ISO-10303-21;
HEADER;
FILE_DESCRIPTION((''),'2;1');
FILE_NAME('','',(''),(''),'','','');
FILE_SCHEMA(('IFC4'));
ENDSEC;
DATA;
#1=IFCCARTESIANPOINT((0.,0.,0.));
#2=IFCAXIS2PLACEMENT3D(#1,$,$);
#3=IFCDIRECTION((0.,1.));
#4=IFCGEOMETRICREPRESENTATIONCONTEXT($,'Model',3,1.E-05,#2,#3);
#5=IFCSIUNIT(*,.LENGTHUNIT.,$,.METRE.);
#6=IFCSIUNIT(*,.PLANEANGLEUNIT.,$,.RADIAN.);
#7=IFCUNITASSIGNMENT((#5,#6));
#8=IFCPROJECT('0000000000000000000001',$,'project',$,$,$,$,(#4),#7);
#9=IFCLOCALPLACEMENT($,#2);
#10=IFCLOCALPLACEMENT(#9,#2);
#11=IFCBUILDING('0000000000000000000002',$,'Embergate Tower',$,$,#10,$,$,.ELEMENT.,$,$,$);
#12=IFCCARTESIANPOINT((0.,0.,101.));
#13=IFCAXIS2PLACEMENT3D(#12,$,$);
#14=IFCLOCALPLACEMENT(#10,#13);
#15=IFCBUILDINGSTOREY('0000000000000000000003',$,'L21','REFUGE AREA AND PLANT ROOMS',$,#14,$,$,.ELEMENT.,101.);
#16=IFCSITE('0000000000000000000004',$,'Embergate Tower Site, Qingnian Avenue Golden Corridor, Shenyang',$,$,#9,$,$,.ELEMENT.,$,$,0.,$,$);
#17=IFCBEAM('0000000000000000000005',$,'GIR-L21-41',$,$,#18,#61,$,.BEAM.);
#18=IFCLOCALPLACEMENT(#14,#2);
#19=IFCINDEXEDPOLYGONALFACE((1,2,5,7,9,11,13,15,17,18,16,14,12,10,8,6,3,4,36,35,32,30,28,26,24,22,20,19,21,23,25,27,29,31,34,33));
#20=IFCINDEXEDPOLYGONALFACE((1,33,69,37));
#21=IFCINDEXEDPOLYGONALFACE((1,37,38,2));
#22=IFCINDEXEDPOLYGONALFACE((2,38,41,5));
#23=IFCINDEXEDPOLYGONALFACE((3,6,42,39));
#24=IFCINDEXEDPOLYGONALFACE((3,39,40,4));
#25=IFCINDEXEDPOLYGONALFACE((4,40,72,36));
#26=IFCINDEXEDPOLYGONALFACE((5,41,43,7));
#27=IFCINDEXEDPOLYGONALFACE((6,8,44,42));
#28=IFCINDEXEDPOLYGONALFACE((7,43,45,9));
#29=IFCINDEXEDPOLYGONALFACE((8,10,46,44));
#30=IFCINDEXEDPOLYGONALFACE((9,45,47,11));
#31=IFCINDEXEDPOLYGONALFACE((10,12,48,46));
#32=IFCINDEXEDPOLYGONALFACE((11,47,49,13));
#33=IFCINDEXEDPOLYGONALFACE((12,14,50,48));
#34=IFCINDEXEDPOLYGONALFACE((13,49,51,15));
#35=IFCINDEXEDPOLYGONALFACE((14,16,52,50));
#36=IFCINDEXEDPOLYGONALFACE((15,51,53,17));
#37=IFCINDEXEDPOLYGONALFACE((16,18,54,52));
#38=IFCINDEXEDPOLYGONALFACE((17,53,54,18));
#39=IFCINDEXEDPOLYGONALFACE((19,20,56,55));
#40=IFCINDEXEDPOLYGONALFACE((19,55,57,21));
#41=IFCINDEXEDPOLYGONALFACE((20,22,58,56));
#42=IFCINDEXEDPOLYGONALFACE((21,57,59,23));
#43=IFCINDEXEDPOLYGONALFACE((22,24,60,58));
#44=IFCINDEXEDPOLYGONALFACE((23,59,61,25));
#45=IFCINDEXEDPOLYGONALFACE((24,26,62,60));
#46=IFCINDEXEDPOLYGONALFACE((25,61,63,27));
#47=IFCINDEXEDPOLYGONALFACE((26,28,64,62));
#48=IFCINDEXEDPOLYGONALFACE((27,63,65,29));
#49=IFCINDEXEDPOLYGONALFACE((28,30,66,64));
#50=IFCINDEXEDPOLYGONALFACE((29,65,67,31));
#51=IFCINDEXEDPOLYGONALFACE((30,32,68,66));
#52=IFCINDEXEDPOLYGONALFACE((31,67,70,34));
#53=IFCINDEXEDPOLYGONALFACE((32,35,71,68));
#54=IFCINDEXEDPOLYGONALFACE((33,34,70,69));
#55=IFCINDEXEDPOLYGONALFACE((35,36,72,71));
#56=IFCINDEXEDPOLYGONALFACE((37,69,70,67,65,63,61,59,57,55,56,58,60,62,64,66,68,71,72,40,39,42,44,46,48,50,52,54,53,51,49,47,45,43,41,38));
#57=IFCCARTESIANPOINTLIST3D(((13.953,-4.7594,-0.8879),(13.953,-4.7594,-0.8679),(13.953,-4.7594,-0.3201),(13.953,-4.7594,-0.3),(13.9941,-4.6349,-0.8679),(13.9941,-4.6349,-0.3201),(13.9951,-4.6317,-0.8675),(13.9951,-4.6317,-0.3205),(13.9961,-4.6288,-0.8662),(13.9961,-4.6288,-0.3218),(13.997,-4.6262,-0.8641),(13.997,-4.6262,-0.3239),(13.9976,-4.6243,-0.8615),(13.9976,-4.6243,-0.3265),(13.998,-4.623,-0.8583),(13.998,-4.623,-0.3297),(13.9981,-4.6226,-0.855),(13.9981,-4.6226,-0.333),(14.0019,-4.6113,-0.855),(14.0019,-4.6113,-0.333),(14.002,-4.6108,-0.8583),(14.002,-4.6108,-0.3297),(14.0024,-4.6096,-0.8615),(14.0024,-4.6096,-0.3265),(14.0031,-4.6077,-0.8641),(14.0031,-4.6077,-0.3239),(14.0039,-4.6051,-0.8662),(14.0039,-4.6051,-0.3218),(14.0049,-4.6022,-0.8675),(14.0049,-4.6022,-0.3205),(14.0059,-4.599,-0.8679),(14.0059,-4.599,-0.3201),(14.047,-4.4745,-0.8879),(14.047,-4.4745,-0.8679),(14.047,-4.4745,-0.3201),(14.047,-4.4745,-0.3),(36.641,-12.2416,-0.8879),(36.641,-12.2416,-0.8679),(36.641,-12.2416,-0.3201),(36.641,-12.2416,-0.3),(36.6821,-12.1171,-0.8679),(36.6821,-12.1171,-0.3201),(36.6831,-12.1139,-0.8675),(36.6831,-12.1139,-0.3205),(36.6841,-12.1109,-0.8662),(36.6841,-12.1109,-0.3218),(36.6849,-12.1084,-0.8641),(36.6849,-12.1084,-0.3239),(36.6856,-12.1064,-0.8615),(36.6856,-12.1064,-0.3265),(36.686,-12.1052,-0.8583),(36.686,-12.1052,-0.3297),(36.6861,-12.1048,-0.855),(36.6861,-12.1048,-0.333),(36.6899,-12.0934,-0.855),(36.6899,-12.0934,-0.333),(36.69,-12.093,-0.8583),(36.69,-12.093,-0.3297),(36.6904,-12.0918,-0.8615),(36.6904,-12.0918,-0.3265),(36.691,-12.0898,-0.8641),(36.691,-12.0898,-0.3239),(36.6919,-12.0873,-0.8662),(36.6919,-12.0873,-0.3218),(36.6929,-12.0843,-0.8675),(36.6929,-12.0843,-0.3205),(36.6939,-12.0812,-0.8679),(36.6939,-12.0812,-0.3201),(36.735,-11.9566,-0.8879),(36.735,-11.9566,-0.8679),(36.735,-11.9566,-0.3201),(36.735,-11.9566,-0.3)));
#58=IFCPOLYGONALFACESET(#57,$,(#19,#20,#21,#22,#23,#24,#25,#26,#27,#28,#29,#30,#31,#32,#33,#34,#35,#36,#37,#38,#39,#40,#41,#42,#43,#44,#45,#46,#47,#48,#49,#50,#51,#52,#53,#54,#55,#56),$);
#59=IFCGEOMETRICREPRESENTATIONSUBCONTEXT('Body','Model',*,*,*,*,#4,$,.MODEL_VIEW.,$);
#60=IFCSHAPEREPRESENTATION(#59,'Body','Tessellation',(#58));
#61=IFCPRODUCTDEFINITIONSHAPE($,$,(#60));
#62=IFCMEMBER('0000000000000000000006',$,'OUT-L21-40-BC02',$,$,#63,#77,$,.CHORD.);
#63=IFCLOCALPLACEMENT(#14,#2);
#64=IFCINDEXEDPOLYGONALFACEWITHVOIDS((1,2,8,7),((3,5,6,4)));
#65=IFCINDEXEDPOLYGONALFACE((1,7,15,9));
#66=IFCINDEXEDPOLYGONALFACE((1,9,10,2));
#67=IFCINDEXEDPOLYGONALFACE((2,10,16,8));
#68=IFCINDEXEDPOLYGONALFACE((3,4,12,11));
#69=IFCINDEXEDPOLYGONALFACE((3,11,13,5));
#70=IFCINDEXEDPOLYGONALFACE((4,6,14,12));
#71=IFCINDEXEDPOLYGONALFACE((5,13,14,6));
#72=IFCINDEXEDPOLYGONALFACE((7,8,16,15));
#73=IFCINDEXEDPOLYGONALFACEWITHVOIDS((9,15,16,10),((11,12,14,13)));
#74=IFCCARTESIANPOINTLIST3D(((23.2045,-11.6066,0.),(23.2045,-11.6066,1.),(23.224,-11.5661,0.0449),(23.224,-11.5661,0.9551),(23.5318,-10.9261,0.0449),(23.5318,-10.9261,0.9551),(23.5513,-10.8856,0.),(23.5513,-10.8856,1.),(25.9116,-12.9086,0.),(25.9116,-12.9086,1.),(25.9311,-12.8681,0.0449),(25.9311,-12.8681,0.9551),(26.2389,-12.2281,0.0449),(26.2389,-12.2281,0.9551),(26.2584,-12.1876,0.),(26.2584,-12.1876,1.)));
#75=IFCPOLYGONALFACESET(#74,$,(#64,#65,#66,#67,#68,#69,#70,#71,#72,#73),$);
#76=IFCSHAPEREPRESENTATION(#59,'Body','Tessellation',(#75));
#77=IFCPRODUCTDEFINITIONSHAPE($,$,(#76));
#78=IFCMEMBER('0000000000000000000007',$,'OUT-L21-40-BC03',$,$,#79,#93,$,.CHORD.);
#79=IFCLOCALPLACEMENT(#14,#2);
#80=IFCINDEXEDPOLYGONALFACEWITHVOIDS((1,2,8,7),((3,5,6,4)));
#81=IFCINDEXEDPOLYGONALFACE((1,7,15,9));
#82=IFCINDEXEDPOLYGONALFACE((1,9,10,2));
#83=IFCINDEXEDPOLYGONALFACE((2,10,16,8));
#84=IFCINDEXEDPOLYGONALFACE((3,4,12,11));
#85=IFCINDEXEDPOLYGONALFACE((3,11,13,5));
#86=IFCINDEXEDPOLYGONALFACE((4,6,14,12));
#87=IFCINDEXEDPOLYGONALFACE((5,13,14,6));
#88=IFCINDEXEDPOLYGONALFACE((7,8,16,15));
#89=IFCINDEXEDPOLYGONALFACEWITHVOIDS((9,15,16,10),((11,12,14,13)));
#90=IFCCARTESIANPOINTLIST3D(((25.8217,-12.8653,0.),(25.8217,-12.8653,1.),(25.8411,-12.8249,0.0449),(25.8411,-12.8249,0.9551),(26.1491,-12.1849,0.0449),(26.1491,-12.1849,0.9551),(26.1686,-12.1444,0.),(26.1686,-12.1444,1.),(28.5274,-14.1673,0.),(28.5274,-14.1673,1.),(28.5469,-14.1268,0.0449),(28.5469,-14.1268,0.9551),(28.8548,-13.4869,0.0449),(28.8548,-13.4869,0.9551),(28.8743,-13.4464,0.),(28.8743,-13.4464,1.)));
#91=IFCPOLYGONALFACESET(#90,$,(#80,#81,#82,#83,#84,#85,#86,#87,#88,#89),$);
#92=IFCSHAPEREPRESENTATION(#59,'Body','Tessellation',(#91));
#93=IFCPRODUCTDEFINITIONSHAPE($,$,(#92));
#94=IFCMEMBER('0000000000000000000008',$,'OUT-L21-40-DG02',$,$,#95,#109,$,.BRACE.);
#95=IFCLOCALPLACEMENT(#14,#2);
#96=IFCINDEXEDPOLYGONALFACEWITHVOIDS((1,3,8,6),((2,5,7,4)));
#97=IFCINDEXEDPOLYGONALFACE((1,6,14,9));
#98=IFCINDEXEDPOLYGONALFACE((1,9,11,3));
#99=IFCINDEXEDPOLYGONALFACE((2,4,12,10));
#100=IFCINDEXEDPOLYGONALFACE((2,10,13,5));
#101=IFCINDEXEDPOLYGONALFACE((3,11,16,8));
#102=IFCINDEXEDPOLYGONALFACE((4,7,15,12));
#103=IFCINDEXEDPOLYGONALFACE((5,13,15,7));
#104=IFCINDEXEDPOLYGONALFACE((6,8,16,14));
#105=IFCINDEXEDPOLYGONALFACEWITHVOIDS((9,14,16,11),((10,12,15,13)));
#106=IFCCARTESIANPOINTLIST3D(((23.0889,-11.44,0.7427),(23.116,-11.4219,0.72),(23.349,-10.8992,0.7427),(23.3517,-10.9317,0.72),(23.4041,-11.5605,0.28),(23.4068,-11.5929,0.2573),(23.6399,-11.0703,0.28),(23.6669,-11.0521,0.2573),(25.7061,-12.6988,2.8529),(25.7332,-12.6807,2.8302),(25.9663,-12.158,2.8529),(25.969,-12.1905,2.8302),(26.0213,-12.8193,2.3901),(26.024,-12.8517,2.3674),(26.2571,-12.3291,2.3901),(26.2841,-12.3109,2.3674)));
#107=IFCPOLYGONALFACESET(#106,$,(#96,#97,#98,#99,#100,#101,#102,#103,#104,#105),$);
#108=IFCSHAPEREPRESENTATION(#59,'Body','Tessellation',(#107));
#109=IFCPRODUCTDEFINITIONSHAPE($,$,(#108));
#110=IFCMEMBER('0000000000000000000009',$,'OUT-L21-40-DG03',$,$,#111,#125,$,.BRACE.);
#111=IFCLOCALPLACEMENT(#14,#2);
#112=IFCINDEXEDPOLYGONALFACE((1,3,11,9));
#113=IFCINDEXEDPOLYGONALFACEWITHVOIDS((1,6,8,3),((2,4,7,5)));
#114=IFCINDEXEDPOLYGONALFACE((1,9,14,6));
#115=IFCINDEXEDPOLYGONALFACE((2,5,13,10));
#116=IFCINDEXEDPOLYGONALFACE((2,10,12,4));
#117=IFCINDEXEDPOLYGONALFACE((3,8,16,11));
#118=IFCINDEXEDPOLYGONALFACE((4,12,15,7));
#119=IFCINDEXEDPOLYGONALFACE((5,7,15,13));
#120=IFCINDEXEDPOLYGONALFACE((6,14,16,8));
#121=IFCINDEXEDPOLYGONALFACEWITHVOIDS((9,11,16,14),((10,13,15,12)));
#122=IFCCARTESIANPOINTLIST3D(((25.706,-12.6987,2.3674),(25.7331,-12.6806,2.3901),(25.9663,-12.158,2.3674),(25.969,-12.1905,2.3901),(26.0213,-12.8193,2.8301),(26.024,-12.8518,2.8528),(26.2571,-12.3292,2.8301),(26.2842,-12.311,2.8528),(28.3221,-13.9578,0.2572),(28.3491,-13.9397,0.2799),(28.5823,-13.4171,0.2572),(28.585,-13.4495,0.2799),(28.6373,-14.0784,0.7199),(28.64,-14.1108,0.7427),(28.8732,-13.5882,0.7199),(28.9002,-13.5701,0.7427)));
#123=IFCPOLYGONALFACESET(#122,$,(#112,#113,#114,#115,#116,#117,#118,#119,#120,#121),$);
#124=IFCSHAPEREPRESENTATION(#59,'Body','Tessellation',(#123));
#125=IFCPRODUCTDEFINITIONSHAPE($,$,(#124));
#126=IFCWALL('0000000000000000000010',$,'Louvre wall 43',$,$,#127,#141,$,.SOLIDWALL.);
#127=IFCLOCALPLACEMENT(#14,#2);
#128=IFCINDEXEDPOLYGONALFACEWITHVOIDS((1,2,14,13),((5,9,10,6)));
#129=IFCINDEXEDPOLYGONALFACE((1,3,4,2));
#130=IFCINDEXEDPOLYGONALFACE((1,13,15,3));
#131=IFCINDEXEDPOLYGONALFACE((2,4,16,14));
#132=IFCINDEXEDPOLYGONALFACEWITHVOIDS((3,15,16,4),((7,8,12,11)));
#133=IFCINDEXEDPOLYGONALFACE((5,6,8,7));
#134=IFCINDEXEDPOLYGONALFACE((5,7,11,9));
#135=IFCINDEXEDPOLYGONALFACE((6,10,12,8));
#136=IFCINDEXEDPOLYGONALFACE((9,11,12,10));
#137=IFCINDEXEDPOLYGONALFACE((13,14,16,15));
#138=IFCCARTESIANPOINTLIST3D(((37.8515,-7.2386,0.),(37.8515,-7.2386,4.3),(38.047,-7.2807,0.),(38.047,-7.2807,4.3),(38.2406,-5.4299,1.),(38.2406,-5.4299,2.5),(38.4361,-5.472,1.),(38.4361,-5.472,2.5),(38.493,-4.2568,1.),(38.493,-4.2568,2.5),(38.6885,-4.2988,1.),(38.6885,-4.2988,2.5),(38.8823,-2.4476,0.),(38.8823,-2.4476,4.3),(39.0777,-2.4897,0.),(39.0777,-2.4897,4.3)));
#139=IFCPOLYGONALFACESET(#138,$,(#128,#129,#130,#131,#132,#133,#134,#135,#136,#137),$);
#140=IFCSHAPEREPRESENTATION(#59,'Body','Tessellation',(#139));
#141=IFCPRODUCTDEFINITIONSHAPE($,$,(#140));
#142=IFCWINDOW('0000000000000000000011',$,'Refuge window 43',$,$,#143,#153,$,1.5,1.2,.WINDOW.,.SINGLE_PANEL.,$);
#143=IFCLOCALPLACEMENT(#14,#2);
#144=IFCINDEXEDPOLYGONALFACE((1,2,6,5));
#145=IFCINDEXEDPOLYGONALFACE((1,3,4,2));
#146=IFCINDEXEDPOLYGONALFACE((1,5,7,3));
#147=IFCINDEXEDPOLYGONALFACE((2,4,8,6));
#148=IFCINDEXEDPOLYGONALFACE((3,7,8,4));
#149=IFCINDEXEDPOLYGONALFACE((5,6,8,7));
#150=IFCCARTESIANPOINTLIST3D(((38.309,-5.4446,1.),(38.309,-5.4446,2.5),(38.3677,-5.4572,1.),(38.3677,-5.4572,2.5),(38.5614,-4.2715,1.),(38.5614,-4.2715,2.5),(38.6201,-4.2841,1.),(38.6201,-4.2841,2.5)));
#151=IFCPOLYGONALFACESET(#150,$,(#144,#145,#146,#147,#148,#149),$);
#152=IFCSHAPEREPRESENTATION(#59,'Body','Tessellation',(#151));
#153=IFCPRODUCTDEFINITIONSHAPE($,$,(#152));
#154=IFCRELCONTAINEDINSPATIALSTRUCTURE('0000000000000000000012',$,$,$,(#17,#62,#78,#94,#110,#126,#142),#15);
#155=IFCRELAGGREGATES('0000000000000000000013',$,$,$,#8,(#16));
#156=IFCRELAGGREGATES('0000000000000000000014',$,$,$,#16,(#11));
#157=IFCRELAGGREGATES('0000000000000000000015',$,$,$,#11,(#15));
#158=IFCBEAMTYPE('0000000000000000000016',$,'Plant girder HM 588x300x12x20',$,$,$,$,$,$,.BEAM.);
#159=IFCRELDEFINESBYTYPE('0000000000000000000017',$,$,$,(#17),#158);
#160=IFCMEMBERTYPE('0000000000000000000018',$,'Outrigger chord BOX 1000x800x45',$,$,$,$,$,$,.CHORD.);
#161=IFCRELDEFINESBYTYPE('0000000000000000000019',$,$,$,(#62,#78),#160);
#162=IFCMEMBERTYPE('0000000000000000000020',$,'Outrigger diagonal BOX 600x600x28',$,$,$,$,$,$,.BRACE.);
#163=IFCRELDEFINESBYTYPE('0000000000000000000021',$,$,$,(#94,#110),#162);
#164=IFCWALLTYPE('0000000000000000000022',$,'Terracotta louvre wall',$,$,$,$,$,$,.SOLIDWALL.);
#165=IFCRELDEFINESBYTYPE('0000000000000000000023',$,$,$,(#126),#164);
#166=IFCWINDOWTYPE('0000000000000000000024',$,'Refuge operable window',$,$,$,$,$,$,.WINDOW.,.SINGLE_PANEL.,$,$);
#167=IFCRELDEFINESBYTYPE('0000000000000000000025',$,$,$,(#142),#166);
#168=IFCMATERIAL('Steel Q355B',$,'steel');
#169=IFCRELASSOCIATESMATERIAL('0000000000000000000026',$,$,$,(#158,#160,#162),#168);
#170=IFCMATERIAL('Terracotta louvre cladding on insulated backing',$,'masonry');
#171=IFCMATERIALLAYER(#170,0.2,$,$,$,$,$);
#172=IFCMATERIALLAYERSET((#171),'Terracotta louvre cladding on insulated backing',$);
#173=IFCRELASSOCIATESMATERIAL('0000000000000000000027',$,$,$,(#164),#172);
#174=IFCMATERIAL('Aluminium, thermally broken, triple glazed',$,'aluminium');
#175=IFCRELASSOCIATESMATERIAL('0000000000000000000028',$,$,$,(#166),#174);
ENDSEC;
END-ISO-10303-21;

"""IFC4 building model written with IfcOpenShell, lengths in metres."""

from ifc_helpers import new_model, si_unit, direction, frame, frame_2d, origin, origin_2d, place, context, subcontext, project, spatial, rectangle, hollow_rectangle, i_section, extrude, source, transform, mapped, material, layer, layer_set, material_profile, profile_set, type_object, element, fill, save


model = new_model("IFC4")

# Units and contexts
model_context = context("Model", 3, precision=1e-05, world=origin(), true_north=direction((0.0, 1.0)))
body_context = subcontext(model_context, "Body", "Model", "MODEL_VIEW")
ifc_project = project(units=[si_unit("LENGTHUNIT", "METRE"), si_unit("PLANEANGLEUNIT", "RADIAN")], contexts=[model_context])

# Site, building, storey
site_placement = place(None, origin())
site = spatial("IfcSite", under=ifc_project, at=site_placement, Name="Embergate Tower Site, Qingnian Avenue Golden Corridor, Shenyang", CompositionType="ELEMENT", RefElevation=0.0)
building_placement = place(site_placement, origin())
building = spatial("IfcBuilding", under=site, at=building_placement, Name="Embergate Tower", CompositionType="ELEMENT")
storey_placement = place(building_placement, frame((0.0, 0.0, 101.0)))
storey = spatial("IfcBuildingStorey", under=building, at=storey_placement, Name="L21", Description="REFUGE AREA AND PLANT ROOMS", CompositionType="ELEMENT", Elevation=101.0)

# Beam
ifc_material_1 = material(Name="Steel Q355B", Category="steel")
ifc_material_profile_1 = material_profile(ifc_material_1, i_section(OverallWidth=0.3, OverallDepth=0.5879, WebThickness=0.012, FlangeThickness=0.02, FilletRadius=0.0129, at=origin_2d()), Name="HM 588x300x12x20")
ifc_profile_set_1 = profile_set([ifc_material_profile_1], Name="Steel Q355 grade B")
beam_type_1 = type_object("IfcBeamType", Name="Plant girder HM 588x300x12x20", PredefinedType="BEAM", material=ifc_profile_set_1)
shared_shape_1 = source(origin(), body_context, "Body", "SweptSolid", [
    extrude(i_section(OverallWidth=0.3, OverallDepth=0.5879, WebThickness=0.012, FlangeThickness=0.02, FilletRadius=0.0129, at=origin_2d()), origin(), (0.0, 0.0, 1.0), 23.8899),
])
beam_1_placement = place(storey_placement, frame((36.688, -12.0991, -0.594), z_axis=(-0.949689, 0.313194, 0.0), x_axis=(-0.313194, -0.949689, 0.0)))
element("IfcBeam", 1, at=beam_1_placement, inside=storey, type_object=beam_type_1, Name="GIR-L21-41", PredefinedType="BEAM", context=body_context, shape_type="MappedRepresentation", body=[
    mapped(shared_shape_1, transform((0.0, 0.0, 0.0))),
])

# Members
ifc_material_profile_2 = material_profile(ifc_material_1, hollow_rectangle(XDim=0.8, YDim=1.0, WallThickness=0.0449, at=origin_2d()), Name="BOX 1000x800x45")
ifc_profile_set_2 = profile_set([ifc_material_profile_2], Name="Steel Q355 grade B")
member_type_1 = type_object("IfcMemberType", Name="Outrigger chord BOX 1000x800x45", PredefinedType="CHORD", material=ifc_profile_set_2)
shared_shape_2 = source(origin(), body_context, "Body", "SweptSolid", [
    extrude(hollow_rectangle(XDim=0.8, YDim=1.0, WallThickness=0.0449, at=origin_2d()), origin(), (0.0, 0.0, 1.0), 3.0039),
])
member_1_placement = place(storey_placement, frame((23.3779, -11.2461, 0.5), z_axis=(0.901182, -0.433442, 0.0), x_axis=(0.433442, 0.901182, 0.0)))
element("IfcMember", 2, at=member_1_placement, inside=storey, type_object=member_type_1, Name="OUT-L21-40-BC02", PredefinedType="CHORD", context=body_context, shape_type="MappedRepresentation", body=[
    mapped(shared_shape_2, transform((0.0, 0.0, 0.0))),
])
shared_shape_3 = source(origin(), body_context, "Body", "SweptSolid", [
    extrude(hollow_rectangle(XDim=0.8, YDim=1.0, WallThickness=0.0449, at=origin_2d()), origin(), (0.0, 0.0, 1.0), 3.0027),
])
member_2_placement = place(storey_placement, frame((25.9951, -12.5049, 0.5), z_axis=(0.901105, -0.4336, 0.0), x_axis=(0.4336, 0.901105, 0.0)))
element("IfcMember", 3, at=member_2_placement, inside=storey, type_object=member_type_1, Name="OUT-L21-40-BC03", PredefinedType="CHORD", context=body_context, shape_type="MappedRepresentation", body=[
    mapped(shared_shape_3, transform((0.0, 0.0, 0.0))),
])
ifc_material_profile_3 = material_profile(ifc_material_1, hollow_rectangle(XDim=0.6001, YDim=0.6001, WallThickness=0.0281, at=origin_2d()), Name="BOX 600x600x28")
ifc_profile_set_3 = profile_set([ifc_material_profile_3], Name="Steel Q355 grade B")
member_type_2 = type_object("IfcMemberType", Name="Outrigger diagonal BOX 600x600x28", PredefinedType="BRACE", material=ifc_profile_set_3)
shared_shape_4 = source(origin(), body_context, "Body", "SweptSolid", [
    extrude(hollow_rectangle(XDim=0.6001, YDim=0.6001, WallThickness=0.0281, at=origin_2d()), origin(), (0.0, 0.0, 1.0), 3.5898),
])
member_3_placement = place(storey_placement, frame((23.3779, -11.2461, 0.5), z_axis=(0.729059, -0.350656, 0.587804), x_axis=(0.433441, 0.901182, 0.0)))
element("IfcMember", 4, at=member_3_placement, inside=storey, type_object=member_type_2, Name="OUT-L21-40-DG02", PredefinedType="BRACE", context=body_context, shape_type="MappedRepresentation", body=[
    mapped(shared_shape_4, transform((0.0, 0.0, 0.0))),
])
shared_shape_5 = source(origin(), body_context, "Body", "SweptSolid", [
    extrude(hollow_rectangle(XDim=0.6001, YDim=0.6001, WallThickness=0.0281, at=origin_2d()), origin(), (0.0, 0.0, 1.0), 3.5891),
])
member_4_placement = place(storey_placement, frame((25.9951, -12.5049, 2.6101), z_axis=(0.728882, -0.350802, -0.587936), x_axis=(0.433674, 0.90107, 0.0)))
element("IfcMember", 5, at=member_4_placement, inside=storey, type_object=member_type_2, Name="OUT-L21-40-DG03", PredefinedType="BRACE", context=body_context, shape_type="MappedRepresentation", body=[
    mapped(shared_shape_5, transform((0.0, 0.0, 0.0))),
])

# Wall, opening, window
ifc_material_2 = material(Name="Terracotta louvre cladding on insulated backing", Category="masonry")
ifc_layer_1 = layer(ifc_material_2, 0.2)
ifc_layer_set_1 = layer_set([ifc_layer_1], Name="Terracotta louvre cladding on insulated backing")
wall_type = type_object("IfcWallType", Name="Terracotta louvre wall", PredefinedType="SOLIDWALL", material=ifc_layer_set_1)
shared_shape_6 = source(origin(), body_context, "Body", "SweptSolid", [
    extrude(rectangle(XDim=4.9006, YDim=0.2, at=frame_2d((2.4502, 0.0))), origin(), (0.0, 0.0, 1.0), 4.3),
])
wall_1_placement = place(storey_placement, frame((38.98, -2.4688, 0.0), z_axis=(0.0, 0.0, 1.0), x_axis=(-0.210332, -0.97763, 0.0)))
wall_1 = element("IfcWall", 6, at=wall_1_placement, inside=storey, type_object=wall_type, Name="Louvre wall 43", PredefinedType="SOLIDWALL", context=body_context, shape_type="MappedRepresentation", body=[
    mapped(shared_shape_6, transform((0.0, 0.0, 0.0))),
])
shared_shape_7 = source(origin(), body_context, "Body", "SweptSolid", [
    extrude(rectangle(XDim=1.2, YDim=1.5, at=frame_2d((0.6001, 0.75))), frame((0.0, 0.1099, 0.0), z_axis=(0.0, -1.0, 0.0), x_axis=(1.0, 0.0, 0.0)), (0.0, 0.0, 1.0), 0.22),
])
opening_1_placement = place(wall_1_placement, frame((1.8503, 0.0, 1.0)))
opening_1 = element("IfcOpeningElement", 7, at=opening_1_placement, cuts=wall_1, PredefinedType="OPENING", context=body_context, shape_type="MappedRepresentation", body=[
    mapped(shared_shape_7, transform((0.0, 0.0, 0.0))),
])
ifc_material_3 = material(Name="Aluminium, thermally broken, triple glazed", Category="aluminium")
window_type = type_object("IfcWindowType", Name="Refuge operable window", PartitioningType="SINGLE_PANEL", PredefinedType="WINDOW", material=ifc_material_3)
shared_shape_8 = source(origin(), body_context, "Body", "SweptSolid", [
    extrude(rectangle(XDim=1.2, YDim=1.5, at=frame_2d((0.6001, 0.75))), frame((0.0, 0.03, 0.0), z_axis=(0.0, -1.0, 0.0), x_axis=(1.0, 0.0, 0.0)), (0.0, 0.0, 1.0), 0.0601),
])
window_1_placement = place(opening_1_placement, origin())
window_1 = element("IfcWindow", 8, at=window_1_placement, inside=storey, type_object=window_type, Name="Refuge window 43", OverallHeight=1.5, OverallWidth=1.2, PartitioningType="SINGLE_PANEL", PredefinedType="WINDOW", context=body_context, shape_type="MappedRepresentation", body=[
    mapped(shared_shape_8, transform((0.0, 0.0, 0.0))),
])
fill(opening_1, window_1)

save(model, "model.ifc")
